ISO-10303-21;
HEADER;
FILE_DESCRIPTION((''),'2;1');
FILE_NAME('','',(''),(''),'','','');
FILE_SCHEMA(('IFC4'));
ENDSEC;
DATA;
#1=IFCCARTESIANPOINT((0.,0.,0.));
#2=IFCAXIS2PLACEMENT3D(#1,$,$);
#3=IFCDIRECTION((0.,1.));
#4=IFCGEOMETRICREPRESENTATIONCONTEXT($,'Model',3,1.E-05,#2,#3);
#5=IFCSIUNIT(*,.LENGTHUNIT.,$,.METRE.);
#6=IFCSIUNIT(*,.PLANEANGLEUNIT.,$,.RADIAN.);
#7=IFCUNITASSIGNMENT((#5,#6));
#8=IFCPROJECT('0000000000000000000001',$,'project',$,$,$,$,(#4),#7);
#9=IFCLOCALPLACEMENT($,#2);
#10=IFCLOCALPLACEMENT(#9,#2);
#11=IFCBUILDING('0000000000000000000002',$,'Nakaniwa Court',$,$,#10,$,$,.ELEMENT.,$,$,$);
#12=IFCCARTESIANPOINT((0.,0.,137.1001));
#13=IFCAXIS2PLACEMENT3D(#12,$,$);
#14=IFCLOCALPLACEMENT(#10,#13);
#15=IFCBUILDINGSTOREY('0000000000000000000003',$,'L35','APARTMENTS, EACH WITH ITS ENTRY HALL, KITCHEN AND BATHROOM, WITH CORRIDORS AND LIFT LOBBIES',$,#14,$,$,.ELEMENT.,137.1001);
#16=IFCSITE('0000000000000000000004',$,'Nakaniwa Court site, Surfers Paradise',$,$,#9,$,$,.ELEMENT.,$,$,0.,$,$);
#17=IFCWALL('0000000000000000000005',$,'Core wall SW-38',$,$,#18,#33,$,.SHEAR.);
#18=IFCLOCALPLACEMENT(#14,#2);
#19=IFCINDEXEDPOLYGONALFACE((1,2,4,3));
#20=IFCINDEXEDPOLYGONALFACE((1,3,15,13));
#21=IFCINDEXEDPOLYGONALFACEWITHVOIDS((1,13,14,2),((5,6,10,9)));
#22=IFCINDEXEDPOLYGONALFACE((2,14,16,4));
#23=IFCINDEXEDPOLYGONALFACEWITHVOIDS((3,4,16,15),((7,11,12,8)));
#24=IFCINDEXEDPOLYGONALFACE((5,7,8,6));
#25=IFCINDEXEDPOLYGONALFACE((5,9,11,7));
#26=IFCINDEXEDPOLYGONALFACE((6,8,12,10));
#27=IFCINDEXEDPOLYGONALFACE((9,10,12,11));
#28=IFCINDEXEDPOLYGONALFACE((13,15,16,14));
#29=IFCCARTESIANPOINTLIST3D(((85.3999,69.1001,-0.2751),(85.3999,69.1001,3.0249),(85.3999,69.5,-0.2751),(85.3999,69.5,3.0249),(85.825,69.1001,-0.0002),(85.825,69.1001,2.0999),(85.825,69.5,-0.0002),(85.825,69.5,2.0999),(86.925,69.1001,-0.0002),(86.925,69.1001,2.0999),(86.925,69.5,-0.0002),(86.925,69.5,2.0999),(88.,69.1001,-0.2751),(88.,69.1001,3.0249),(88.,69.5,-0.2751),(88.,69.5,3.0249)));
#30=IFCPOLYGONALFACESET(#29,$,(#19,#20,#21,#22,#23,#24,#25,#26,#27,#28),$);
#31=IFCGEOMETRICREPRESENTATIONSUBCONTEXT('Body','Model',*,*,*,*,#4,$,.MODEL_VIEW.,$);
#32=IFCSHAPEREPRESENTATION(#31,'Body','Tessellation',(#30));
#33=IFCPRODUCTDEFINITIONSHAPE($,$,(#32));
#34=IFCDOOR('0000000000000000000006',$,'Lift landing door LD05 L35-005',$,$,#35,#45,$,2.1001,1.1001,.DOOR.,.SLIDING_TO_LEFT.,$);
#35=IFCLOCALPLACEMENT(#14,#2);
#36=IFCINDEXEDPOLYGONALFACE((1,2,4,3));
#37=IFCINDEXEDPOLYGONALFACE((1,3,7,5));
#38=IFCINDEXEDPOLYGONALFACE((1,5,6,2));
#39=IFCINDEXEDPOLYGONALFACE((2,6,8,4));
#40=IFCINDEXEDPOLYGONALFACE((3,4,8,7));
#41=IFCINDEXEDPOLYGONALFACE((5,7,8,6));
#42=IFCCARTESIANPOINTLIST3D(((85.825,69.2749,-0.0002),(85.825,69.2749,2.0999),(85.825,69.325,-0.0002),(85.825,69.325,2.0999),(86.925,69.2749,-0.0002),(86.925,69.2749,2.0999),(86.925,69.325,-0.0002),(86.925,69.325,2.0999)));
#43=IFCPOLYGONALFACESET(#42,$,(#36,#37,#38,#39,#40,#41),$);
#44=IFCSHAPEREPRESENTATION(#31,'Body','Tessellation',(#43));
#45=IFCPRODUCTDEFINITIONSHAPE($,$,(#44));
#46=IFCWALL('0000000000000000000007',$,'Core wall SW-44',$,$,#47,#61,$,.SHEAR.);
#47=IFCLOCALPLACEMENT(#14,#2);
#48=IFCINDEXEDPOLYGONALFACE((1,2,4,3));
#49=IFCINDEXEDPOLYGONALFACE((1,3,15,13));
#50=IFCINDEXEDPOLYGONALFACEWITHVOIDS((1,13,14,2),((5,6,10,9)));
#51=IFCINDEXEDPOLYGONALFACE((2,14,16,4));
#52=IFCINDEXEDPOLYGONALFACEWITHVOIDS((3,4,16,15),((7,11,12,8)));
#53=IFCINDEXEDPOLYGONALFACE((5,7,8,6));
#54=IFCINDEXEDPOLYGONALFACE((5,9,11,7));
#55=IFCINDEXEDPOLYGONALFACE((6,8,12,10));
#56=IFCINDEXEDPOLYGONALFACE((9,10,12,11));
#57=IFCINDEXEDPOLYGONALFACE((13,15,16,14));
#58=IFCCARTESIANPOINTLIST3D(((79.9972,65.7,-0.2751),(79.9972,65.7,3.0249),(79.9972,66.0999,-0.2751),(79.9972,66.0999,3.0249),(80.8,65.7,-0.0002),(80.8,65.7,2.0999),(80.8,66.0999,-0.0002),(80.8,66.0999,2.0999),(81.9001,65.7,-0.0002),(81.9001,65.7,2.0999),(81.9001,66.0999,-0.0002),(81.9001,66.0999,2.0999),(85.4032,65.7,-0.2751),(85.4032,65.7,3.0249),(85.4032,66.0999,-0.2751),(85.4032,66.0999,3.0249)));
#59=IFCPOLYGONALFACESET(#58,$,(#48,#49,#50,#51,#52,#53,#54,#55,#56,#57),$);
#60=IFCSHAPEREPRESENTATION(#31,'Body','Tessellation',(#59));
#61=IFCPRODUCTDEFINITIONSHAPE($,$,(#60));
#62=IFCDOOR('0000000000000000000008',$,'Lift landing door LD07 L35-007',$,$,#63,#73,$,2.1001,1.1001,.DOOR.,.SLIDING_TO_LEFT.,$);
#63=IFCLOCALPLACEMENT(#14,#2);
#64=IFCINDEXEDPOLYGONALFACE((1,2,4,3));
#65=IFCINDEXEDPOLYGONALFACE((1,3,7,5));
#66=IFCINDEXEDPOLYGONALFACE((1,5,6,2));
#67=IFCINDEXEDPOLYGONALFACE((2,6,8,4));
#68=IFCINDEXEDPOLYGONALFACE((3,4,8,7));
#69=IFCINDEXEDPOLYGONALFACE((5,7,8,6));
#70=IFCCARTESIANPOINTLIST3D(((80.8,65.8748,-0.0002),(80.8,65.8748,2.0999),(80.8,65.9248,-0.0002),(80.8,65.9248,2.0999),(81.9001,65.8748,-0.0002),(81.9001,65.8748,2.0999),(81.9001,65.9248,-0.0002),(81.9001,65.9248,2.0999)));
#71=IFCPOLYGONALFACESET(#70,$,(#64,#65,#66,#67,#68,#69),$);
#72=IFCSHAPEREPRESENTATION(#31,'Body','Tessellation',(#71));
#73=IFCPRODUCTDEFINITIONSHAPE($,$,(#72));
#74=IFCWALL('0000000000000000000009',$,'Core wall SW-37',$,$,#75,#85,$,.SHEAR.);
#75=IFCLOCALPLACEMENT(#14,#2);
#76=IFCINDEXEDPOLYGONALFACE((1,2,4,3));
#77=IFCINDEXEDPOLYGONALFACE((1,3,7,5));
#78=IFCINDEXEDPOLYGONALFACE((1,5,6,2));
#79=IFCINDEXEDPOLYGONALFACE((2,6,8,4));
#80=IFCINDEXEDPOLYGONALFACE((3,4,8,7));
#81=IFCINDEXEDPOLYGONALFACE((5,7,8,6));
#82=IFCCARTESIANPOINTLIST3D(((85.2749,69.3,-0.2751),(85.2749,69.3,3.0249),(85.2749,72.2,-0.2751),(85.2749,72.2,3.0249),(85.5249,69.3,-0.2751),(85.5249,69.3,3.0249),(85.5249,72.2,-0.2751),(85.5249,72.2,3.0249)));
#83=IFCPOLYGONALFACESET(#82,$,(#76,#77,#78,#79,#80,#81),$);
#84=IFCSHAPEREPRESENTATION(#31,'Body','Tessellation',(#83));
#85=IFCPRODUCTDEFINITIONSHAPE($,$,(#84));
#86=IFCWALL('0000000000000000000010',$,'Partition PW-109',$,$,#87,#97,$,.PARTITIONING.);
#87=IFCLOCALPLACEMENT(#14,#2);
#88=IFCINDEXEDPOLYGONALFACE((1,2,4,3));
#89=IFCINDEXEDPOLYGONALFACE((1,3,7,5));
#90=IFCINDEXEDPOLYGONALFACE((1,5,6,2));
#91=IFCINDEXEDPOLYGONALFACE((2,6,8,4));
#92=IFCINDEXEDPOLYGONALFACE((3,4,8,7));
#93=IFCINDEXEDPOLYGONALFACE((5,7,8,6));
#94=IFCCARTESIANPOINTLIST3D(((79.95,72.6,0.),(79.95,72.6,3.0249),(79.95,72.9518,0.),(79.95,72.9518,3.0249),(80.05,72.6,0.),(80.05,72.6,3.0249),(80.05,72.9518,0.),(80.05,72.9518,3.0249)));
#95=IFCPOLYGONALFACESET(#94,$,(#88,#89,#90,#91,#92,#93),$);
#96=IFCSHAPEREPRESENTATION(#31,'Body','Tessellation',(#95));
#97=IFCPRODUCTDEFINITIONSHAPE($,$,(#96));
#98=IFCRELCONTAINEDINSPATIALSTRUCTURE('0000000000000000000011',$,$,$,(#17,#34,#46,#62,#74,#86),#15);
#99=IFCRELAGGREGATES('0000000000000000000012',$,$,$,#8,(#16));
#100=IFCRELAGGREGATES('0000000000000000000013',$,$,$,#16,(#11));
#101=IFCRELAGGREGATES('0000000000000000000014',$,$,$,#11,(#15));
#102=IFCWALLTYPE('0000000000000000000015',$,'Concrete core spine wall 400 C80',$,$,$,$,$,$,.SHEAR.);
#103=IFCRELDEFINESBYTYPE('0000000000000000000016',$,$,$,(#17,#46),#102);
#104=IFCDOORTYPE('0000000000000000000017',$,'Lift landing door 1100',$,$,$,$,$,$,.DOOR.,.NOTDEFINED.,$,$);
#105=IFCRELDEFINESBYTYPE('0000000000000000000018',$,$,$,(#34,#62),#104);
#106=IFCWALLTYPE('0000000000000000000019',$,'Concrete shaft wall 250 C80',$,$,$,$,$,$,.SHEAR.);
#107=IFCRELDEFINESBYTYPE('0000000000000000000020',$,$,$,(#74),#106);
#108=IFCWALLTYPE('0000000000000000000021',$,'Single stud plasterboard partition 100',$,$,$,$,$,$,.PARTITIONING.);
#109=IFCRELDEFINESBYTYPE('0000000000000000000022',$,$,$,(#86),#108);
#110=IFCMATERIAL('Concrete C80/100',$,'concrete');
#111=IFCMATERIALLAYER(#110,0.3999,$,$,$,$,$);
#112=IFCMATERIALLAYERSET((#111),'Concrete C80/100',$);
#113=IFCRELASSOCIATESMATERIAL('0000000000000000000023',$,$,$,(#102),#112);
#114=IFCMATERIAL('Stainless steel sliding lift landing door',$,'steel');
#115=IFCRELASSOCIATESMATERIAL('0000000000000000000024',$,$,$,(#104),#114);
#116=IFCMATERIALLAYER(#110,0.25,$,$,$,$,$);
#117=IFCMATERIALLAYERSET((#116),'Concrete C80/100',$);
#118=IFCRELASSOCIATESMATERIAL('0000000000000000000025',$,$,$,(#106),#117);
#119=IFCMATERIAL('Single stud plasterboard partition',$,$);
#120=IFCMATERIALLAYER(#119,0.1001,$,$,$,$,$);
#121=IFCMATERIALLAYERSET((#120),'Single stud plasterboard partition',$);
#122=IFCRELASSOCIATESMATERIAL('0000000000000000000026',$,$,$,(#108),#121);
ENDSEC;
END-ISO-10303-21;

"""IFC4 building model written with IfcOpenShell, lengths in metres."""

from ifc_helpers import new_model, si_unit, direction, frame, frame_2d, origin, place, context, subcontext, project, spatial, rectangle, extrude, material, layer, layer_set, type_object, element, fill, save


model = new_model("IFC4")

# Units and contexts
model_context = context("Model", 3, precision=1e-05, world=origin(), true_north=direction((0.0, 1.0)))
body_context = subcontext(model_context, "Body", "Model", "MODEL_VIEW")
ifc_project = project(units=[si_unit("LENGTHUNIT", "METRE"), si_unit("PLANEANGLEUNIT", "RADIAN")], contexts=[model_context])

# Site, building, storey
site_placement = place(None, origin())
site = spatial("IfcSite", under=ifc_project, at=site_placement, Name="Nakaniwa Court site, Surfers Paradise", CompositionType="ELEMENT", RefElevation=0.0)
building_placement = place(site_placement, origin())
building = spatial("IfcBuilding", under=site, at=building_placement, Name="Nakaniwa Court", CompositionType="ELEMENT")
storey_placement = place(building_placement, frame((0.0, 0.0, 137.1001)))
storey = spatial("IfcBuildingStorey", under=building, at=storey_placement, Name="L35", Description="APARTMENTS, EACH WITH ITS ENTRY HALL, KITCHEN AND BATHROOM, WITH CORRIDORS AND LIFT LOBBIES", CompositionType="ELEMENT", Elevation=137.1001)

# Shared definitions
ifc_material_1 = material(Name="Concrete C80/100", Category="concrete")

# Walls, openings, doors
ifc_layer_1 = layer(ifc_material_1, 0.3999)
ifc_layer_set_1 = layer_set([ifc_layer_1], Name="Concrete C80/100")
wall_type_1 = type_object("IfcWallType", Name="Concrete core spine wall 400 C80", PredefinedType="SHEAR", material=ifc_layer_set_1)
wall_1_placement = place(storey_placement, frame((85.3999, 69.3, -0.2751), z_axis=(0.0, 0.0, 1.0), x_axis=(1.0, 0.0, 0.0)))
wall_1 = element("IfcWall", 1, at=wall_1_placement, inside=storey, type_object=wall_type_1, Name="Core wall SW-38", PredefinedType="SHEAR", context=body_context, shape_type="SweptSolid", body=[
    extrude(rectangle(XDim=2.6001, YDim=0.3999, at=frame_2d((1.3, 0.0))), origin(), (0.0, 0.0, 1.0), 3.3),
])
opening_1_placement = place(wall_1_placement, frame((0.425, 0.0, 0.2749)))
opening_1 = element("IfcOpeningElement", 2, at=opening_1_placement, cuts=wall_1, PredefinedType="OPENING", context=body_context, shape_type="SweptSolid", body=[
    extrude(rectangle(XDim=1.1001, YDim=2.1001, at=frame_2d((0.55, 1.05))), frame((0.0, 0.21, 0.0), z_axis=(0.0, -1.0, 0.0), x_axis=(1.0, 0.0, 0.0)), (0.0, 0.0, 1.0), 0.4199),
])
ifc_material_2 = material(Name="Stainless steel sliding lift landing door", Category="steel")
door_type_1 = type_object("IfcDoorType", Name="Lift landing door 1100", OperationType="NOTDEFINED", PredefinedType="DOOR", material=ifc_material_2)
door_1_placement = place(opening_1_placement, origin())
door_1 = element("IfcDoor", 3, at=door_1_placement, inside=storey, type_object=door_type_1, Name="Lift landing door LD05 L35-005", OperationType="SLIDING_TO_LEFT", OverallHeight=2.1001, OverallWidth=1.1001, PredefinedType="DOOR", context=body_context, shape_type="SweptSolid", body=[
    extrude(rectangle(XDim=1.1001, YDim=2.1001, at=frame_2d((0.55, 1.05))), frame((0.0, 0.0249, 0.0), z_axis=(0.0, -1.0, 0.0), x_axis=(1.0, 0.0, 0.0)), (0.0, 0.0, 1.0), 0.05),
])
fill(opening_1, door_1)
wall_2_placement = place(storey_placement, frame((79.9971, 65.8999, -0.2751), z_axis=(0.0, 0.0, 1.0), x_axis=(1.0, 0.0, 0.0)))
wall_2 = element("IfcWall", 4, at=wall_2_placement, inside=storey, type_object=wall_type_1, Name="Core wall SW-44", PredefinedType="SHEAR", context=body_context, shape_type="SweptSolid", body=[
    extrude(rectangle(XDim=5.406, YDim=0.3999, at=frame_2d((2.7031, 0.0))), origin(), (0.0, 0.0, 1.0), 3.3),
])
opening_2_placement = place(wall_2_placement, frame((0.803, 0.0, 0.2749)))
opening_2 = element("IfcOpeningElement", 5, at=opening_2_placement, cuts=wall_2, PredefinedType="OPENING", context=body_context, shape_type="SweptSolid", body=[
    extrude(rectangle(XDim=1.1001, YDim=2.1001, at=frame_2d((0.55, 1.05))), frame((0.0, 0.21, 0.0), z_axis=(0.0, -1.0, 0.0), x_axis=(1.0, 0.0, 0.0)), (0.0, 0.0, 1.0), 0.4199),
])
door_2_placement = place(opening_2_placement, origin())
door_2 = element("IfcDoor", 6, at=door_2_placement, inside=storey, type_object=door_type_1, Name="Lift landing door LD07 L35-007", OperationType="SLIDING_TO_LEFT", OverallHeight=2.1001, OverallWidth=1.1001, PredefinedType="DOOR", context=body_context, shape_type="SweptSolid", body=[
    extrude(rectangle(XDim=1.1001, YDim=2.1001, at=frame_2d((0.55, 1.05))), frame((0.0, 0.0249, 0.0), z_axis=(0.0, -1.0, 0.0), x_axis=(1.0, 0.0, 0.0)), (0.0, 0.0, 1.0), 0.05),
])
fill(opening_2, door_2)

# Walls
ifc_layer_2 = layer(ifc_material_1, 0.25)
ifc_layer_set_2 = layer_set([ifc_layer_2], Name="Concrete C80/100")
wall_type_2 = type_object("IfcWallType", Name="Concrete shaft wall 250 C80", PredefinedType="SHEAR", material=ifc_layer_set_2)
wall_3_placement = place(storey_placement, frame((85.3999, 69.3, -0.2751), z_axis=(0.0, 0.0, 1.0), x_axis=(0.0, 1.0, 0.0)))
element("IfcWall", 7, at=wall_3_placement, inside=storey, type_object=wall_type_2, Name="Core wall SW-37", PredefinedType="SHEAR", context=body_context, shape_type="SweptSolid", body=[
    extrude(rectangle(XDim=2.8999, YDim=0.25, at=frame_2d((1.45, 0.0))), origin(), (0.0, 0.0, 1.0), 3.3),
])
ifc_material_3 = material(Name="Single stud plasterboard partition")
ifc_layer_3 = layer(ifc_material_3, 0.1001)
ifc_layer_set_3 = layer_set([ifc_layer_3], Name="Single stud plasterboard partition")
wall_type_3 = type_object("IfcWallType", Name="Single stud plasterboard partition 100", PredefinedType="PARTITIONING", material=ifc_layer_set_3)
wall_4_placement = place(storey_placement, frame((80.0, 72.6001, 0.0), z_axis=(0.0, 0.0, 1.0), x_axis=(0.0, 1.0, 0.0)))
element("IfcWall", 8, at=wall_4_placement, inside=storey, type_object=wall_type_3, Name="Partition PW-109", PredefinedType="PARTITIONING", context=body_context, shape_type="SweptSolid", body=[
    extrude(rectangle(XDim=0.3518, YDim=0.1001, at=frame_2d((0.1758, 0.0))), origin(), (0.0, 0.0, 1.0), 3.0249),
])

save(model, "model.ifc")
